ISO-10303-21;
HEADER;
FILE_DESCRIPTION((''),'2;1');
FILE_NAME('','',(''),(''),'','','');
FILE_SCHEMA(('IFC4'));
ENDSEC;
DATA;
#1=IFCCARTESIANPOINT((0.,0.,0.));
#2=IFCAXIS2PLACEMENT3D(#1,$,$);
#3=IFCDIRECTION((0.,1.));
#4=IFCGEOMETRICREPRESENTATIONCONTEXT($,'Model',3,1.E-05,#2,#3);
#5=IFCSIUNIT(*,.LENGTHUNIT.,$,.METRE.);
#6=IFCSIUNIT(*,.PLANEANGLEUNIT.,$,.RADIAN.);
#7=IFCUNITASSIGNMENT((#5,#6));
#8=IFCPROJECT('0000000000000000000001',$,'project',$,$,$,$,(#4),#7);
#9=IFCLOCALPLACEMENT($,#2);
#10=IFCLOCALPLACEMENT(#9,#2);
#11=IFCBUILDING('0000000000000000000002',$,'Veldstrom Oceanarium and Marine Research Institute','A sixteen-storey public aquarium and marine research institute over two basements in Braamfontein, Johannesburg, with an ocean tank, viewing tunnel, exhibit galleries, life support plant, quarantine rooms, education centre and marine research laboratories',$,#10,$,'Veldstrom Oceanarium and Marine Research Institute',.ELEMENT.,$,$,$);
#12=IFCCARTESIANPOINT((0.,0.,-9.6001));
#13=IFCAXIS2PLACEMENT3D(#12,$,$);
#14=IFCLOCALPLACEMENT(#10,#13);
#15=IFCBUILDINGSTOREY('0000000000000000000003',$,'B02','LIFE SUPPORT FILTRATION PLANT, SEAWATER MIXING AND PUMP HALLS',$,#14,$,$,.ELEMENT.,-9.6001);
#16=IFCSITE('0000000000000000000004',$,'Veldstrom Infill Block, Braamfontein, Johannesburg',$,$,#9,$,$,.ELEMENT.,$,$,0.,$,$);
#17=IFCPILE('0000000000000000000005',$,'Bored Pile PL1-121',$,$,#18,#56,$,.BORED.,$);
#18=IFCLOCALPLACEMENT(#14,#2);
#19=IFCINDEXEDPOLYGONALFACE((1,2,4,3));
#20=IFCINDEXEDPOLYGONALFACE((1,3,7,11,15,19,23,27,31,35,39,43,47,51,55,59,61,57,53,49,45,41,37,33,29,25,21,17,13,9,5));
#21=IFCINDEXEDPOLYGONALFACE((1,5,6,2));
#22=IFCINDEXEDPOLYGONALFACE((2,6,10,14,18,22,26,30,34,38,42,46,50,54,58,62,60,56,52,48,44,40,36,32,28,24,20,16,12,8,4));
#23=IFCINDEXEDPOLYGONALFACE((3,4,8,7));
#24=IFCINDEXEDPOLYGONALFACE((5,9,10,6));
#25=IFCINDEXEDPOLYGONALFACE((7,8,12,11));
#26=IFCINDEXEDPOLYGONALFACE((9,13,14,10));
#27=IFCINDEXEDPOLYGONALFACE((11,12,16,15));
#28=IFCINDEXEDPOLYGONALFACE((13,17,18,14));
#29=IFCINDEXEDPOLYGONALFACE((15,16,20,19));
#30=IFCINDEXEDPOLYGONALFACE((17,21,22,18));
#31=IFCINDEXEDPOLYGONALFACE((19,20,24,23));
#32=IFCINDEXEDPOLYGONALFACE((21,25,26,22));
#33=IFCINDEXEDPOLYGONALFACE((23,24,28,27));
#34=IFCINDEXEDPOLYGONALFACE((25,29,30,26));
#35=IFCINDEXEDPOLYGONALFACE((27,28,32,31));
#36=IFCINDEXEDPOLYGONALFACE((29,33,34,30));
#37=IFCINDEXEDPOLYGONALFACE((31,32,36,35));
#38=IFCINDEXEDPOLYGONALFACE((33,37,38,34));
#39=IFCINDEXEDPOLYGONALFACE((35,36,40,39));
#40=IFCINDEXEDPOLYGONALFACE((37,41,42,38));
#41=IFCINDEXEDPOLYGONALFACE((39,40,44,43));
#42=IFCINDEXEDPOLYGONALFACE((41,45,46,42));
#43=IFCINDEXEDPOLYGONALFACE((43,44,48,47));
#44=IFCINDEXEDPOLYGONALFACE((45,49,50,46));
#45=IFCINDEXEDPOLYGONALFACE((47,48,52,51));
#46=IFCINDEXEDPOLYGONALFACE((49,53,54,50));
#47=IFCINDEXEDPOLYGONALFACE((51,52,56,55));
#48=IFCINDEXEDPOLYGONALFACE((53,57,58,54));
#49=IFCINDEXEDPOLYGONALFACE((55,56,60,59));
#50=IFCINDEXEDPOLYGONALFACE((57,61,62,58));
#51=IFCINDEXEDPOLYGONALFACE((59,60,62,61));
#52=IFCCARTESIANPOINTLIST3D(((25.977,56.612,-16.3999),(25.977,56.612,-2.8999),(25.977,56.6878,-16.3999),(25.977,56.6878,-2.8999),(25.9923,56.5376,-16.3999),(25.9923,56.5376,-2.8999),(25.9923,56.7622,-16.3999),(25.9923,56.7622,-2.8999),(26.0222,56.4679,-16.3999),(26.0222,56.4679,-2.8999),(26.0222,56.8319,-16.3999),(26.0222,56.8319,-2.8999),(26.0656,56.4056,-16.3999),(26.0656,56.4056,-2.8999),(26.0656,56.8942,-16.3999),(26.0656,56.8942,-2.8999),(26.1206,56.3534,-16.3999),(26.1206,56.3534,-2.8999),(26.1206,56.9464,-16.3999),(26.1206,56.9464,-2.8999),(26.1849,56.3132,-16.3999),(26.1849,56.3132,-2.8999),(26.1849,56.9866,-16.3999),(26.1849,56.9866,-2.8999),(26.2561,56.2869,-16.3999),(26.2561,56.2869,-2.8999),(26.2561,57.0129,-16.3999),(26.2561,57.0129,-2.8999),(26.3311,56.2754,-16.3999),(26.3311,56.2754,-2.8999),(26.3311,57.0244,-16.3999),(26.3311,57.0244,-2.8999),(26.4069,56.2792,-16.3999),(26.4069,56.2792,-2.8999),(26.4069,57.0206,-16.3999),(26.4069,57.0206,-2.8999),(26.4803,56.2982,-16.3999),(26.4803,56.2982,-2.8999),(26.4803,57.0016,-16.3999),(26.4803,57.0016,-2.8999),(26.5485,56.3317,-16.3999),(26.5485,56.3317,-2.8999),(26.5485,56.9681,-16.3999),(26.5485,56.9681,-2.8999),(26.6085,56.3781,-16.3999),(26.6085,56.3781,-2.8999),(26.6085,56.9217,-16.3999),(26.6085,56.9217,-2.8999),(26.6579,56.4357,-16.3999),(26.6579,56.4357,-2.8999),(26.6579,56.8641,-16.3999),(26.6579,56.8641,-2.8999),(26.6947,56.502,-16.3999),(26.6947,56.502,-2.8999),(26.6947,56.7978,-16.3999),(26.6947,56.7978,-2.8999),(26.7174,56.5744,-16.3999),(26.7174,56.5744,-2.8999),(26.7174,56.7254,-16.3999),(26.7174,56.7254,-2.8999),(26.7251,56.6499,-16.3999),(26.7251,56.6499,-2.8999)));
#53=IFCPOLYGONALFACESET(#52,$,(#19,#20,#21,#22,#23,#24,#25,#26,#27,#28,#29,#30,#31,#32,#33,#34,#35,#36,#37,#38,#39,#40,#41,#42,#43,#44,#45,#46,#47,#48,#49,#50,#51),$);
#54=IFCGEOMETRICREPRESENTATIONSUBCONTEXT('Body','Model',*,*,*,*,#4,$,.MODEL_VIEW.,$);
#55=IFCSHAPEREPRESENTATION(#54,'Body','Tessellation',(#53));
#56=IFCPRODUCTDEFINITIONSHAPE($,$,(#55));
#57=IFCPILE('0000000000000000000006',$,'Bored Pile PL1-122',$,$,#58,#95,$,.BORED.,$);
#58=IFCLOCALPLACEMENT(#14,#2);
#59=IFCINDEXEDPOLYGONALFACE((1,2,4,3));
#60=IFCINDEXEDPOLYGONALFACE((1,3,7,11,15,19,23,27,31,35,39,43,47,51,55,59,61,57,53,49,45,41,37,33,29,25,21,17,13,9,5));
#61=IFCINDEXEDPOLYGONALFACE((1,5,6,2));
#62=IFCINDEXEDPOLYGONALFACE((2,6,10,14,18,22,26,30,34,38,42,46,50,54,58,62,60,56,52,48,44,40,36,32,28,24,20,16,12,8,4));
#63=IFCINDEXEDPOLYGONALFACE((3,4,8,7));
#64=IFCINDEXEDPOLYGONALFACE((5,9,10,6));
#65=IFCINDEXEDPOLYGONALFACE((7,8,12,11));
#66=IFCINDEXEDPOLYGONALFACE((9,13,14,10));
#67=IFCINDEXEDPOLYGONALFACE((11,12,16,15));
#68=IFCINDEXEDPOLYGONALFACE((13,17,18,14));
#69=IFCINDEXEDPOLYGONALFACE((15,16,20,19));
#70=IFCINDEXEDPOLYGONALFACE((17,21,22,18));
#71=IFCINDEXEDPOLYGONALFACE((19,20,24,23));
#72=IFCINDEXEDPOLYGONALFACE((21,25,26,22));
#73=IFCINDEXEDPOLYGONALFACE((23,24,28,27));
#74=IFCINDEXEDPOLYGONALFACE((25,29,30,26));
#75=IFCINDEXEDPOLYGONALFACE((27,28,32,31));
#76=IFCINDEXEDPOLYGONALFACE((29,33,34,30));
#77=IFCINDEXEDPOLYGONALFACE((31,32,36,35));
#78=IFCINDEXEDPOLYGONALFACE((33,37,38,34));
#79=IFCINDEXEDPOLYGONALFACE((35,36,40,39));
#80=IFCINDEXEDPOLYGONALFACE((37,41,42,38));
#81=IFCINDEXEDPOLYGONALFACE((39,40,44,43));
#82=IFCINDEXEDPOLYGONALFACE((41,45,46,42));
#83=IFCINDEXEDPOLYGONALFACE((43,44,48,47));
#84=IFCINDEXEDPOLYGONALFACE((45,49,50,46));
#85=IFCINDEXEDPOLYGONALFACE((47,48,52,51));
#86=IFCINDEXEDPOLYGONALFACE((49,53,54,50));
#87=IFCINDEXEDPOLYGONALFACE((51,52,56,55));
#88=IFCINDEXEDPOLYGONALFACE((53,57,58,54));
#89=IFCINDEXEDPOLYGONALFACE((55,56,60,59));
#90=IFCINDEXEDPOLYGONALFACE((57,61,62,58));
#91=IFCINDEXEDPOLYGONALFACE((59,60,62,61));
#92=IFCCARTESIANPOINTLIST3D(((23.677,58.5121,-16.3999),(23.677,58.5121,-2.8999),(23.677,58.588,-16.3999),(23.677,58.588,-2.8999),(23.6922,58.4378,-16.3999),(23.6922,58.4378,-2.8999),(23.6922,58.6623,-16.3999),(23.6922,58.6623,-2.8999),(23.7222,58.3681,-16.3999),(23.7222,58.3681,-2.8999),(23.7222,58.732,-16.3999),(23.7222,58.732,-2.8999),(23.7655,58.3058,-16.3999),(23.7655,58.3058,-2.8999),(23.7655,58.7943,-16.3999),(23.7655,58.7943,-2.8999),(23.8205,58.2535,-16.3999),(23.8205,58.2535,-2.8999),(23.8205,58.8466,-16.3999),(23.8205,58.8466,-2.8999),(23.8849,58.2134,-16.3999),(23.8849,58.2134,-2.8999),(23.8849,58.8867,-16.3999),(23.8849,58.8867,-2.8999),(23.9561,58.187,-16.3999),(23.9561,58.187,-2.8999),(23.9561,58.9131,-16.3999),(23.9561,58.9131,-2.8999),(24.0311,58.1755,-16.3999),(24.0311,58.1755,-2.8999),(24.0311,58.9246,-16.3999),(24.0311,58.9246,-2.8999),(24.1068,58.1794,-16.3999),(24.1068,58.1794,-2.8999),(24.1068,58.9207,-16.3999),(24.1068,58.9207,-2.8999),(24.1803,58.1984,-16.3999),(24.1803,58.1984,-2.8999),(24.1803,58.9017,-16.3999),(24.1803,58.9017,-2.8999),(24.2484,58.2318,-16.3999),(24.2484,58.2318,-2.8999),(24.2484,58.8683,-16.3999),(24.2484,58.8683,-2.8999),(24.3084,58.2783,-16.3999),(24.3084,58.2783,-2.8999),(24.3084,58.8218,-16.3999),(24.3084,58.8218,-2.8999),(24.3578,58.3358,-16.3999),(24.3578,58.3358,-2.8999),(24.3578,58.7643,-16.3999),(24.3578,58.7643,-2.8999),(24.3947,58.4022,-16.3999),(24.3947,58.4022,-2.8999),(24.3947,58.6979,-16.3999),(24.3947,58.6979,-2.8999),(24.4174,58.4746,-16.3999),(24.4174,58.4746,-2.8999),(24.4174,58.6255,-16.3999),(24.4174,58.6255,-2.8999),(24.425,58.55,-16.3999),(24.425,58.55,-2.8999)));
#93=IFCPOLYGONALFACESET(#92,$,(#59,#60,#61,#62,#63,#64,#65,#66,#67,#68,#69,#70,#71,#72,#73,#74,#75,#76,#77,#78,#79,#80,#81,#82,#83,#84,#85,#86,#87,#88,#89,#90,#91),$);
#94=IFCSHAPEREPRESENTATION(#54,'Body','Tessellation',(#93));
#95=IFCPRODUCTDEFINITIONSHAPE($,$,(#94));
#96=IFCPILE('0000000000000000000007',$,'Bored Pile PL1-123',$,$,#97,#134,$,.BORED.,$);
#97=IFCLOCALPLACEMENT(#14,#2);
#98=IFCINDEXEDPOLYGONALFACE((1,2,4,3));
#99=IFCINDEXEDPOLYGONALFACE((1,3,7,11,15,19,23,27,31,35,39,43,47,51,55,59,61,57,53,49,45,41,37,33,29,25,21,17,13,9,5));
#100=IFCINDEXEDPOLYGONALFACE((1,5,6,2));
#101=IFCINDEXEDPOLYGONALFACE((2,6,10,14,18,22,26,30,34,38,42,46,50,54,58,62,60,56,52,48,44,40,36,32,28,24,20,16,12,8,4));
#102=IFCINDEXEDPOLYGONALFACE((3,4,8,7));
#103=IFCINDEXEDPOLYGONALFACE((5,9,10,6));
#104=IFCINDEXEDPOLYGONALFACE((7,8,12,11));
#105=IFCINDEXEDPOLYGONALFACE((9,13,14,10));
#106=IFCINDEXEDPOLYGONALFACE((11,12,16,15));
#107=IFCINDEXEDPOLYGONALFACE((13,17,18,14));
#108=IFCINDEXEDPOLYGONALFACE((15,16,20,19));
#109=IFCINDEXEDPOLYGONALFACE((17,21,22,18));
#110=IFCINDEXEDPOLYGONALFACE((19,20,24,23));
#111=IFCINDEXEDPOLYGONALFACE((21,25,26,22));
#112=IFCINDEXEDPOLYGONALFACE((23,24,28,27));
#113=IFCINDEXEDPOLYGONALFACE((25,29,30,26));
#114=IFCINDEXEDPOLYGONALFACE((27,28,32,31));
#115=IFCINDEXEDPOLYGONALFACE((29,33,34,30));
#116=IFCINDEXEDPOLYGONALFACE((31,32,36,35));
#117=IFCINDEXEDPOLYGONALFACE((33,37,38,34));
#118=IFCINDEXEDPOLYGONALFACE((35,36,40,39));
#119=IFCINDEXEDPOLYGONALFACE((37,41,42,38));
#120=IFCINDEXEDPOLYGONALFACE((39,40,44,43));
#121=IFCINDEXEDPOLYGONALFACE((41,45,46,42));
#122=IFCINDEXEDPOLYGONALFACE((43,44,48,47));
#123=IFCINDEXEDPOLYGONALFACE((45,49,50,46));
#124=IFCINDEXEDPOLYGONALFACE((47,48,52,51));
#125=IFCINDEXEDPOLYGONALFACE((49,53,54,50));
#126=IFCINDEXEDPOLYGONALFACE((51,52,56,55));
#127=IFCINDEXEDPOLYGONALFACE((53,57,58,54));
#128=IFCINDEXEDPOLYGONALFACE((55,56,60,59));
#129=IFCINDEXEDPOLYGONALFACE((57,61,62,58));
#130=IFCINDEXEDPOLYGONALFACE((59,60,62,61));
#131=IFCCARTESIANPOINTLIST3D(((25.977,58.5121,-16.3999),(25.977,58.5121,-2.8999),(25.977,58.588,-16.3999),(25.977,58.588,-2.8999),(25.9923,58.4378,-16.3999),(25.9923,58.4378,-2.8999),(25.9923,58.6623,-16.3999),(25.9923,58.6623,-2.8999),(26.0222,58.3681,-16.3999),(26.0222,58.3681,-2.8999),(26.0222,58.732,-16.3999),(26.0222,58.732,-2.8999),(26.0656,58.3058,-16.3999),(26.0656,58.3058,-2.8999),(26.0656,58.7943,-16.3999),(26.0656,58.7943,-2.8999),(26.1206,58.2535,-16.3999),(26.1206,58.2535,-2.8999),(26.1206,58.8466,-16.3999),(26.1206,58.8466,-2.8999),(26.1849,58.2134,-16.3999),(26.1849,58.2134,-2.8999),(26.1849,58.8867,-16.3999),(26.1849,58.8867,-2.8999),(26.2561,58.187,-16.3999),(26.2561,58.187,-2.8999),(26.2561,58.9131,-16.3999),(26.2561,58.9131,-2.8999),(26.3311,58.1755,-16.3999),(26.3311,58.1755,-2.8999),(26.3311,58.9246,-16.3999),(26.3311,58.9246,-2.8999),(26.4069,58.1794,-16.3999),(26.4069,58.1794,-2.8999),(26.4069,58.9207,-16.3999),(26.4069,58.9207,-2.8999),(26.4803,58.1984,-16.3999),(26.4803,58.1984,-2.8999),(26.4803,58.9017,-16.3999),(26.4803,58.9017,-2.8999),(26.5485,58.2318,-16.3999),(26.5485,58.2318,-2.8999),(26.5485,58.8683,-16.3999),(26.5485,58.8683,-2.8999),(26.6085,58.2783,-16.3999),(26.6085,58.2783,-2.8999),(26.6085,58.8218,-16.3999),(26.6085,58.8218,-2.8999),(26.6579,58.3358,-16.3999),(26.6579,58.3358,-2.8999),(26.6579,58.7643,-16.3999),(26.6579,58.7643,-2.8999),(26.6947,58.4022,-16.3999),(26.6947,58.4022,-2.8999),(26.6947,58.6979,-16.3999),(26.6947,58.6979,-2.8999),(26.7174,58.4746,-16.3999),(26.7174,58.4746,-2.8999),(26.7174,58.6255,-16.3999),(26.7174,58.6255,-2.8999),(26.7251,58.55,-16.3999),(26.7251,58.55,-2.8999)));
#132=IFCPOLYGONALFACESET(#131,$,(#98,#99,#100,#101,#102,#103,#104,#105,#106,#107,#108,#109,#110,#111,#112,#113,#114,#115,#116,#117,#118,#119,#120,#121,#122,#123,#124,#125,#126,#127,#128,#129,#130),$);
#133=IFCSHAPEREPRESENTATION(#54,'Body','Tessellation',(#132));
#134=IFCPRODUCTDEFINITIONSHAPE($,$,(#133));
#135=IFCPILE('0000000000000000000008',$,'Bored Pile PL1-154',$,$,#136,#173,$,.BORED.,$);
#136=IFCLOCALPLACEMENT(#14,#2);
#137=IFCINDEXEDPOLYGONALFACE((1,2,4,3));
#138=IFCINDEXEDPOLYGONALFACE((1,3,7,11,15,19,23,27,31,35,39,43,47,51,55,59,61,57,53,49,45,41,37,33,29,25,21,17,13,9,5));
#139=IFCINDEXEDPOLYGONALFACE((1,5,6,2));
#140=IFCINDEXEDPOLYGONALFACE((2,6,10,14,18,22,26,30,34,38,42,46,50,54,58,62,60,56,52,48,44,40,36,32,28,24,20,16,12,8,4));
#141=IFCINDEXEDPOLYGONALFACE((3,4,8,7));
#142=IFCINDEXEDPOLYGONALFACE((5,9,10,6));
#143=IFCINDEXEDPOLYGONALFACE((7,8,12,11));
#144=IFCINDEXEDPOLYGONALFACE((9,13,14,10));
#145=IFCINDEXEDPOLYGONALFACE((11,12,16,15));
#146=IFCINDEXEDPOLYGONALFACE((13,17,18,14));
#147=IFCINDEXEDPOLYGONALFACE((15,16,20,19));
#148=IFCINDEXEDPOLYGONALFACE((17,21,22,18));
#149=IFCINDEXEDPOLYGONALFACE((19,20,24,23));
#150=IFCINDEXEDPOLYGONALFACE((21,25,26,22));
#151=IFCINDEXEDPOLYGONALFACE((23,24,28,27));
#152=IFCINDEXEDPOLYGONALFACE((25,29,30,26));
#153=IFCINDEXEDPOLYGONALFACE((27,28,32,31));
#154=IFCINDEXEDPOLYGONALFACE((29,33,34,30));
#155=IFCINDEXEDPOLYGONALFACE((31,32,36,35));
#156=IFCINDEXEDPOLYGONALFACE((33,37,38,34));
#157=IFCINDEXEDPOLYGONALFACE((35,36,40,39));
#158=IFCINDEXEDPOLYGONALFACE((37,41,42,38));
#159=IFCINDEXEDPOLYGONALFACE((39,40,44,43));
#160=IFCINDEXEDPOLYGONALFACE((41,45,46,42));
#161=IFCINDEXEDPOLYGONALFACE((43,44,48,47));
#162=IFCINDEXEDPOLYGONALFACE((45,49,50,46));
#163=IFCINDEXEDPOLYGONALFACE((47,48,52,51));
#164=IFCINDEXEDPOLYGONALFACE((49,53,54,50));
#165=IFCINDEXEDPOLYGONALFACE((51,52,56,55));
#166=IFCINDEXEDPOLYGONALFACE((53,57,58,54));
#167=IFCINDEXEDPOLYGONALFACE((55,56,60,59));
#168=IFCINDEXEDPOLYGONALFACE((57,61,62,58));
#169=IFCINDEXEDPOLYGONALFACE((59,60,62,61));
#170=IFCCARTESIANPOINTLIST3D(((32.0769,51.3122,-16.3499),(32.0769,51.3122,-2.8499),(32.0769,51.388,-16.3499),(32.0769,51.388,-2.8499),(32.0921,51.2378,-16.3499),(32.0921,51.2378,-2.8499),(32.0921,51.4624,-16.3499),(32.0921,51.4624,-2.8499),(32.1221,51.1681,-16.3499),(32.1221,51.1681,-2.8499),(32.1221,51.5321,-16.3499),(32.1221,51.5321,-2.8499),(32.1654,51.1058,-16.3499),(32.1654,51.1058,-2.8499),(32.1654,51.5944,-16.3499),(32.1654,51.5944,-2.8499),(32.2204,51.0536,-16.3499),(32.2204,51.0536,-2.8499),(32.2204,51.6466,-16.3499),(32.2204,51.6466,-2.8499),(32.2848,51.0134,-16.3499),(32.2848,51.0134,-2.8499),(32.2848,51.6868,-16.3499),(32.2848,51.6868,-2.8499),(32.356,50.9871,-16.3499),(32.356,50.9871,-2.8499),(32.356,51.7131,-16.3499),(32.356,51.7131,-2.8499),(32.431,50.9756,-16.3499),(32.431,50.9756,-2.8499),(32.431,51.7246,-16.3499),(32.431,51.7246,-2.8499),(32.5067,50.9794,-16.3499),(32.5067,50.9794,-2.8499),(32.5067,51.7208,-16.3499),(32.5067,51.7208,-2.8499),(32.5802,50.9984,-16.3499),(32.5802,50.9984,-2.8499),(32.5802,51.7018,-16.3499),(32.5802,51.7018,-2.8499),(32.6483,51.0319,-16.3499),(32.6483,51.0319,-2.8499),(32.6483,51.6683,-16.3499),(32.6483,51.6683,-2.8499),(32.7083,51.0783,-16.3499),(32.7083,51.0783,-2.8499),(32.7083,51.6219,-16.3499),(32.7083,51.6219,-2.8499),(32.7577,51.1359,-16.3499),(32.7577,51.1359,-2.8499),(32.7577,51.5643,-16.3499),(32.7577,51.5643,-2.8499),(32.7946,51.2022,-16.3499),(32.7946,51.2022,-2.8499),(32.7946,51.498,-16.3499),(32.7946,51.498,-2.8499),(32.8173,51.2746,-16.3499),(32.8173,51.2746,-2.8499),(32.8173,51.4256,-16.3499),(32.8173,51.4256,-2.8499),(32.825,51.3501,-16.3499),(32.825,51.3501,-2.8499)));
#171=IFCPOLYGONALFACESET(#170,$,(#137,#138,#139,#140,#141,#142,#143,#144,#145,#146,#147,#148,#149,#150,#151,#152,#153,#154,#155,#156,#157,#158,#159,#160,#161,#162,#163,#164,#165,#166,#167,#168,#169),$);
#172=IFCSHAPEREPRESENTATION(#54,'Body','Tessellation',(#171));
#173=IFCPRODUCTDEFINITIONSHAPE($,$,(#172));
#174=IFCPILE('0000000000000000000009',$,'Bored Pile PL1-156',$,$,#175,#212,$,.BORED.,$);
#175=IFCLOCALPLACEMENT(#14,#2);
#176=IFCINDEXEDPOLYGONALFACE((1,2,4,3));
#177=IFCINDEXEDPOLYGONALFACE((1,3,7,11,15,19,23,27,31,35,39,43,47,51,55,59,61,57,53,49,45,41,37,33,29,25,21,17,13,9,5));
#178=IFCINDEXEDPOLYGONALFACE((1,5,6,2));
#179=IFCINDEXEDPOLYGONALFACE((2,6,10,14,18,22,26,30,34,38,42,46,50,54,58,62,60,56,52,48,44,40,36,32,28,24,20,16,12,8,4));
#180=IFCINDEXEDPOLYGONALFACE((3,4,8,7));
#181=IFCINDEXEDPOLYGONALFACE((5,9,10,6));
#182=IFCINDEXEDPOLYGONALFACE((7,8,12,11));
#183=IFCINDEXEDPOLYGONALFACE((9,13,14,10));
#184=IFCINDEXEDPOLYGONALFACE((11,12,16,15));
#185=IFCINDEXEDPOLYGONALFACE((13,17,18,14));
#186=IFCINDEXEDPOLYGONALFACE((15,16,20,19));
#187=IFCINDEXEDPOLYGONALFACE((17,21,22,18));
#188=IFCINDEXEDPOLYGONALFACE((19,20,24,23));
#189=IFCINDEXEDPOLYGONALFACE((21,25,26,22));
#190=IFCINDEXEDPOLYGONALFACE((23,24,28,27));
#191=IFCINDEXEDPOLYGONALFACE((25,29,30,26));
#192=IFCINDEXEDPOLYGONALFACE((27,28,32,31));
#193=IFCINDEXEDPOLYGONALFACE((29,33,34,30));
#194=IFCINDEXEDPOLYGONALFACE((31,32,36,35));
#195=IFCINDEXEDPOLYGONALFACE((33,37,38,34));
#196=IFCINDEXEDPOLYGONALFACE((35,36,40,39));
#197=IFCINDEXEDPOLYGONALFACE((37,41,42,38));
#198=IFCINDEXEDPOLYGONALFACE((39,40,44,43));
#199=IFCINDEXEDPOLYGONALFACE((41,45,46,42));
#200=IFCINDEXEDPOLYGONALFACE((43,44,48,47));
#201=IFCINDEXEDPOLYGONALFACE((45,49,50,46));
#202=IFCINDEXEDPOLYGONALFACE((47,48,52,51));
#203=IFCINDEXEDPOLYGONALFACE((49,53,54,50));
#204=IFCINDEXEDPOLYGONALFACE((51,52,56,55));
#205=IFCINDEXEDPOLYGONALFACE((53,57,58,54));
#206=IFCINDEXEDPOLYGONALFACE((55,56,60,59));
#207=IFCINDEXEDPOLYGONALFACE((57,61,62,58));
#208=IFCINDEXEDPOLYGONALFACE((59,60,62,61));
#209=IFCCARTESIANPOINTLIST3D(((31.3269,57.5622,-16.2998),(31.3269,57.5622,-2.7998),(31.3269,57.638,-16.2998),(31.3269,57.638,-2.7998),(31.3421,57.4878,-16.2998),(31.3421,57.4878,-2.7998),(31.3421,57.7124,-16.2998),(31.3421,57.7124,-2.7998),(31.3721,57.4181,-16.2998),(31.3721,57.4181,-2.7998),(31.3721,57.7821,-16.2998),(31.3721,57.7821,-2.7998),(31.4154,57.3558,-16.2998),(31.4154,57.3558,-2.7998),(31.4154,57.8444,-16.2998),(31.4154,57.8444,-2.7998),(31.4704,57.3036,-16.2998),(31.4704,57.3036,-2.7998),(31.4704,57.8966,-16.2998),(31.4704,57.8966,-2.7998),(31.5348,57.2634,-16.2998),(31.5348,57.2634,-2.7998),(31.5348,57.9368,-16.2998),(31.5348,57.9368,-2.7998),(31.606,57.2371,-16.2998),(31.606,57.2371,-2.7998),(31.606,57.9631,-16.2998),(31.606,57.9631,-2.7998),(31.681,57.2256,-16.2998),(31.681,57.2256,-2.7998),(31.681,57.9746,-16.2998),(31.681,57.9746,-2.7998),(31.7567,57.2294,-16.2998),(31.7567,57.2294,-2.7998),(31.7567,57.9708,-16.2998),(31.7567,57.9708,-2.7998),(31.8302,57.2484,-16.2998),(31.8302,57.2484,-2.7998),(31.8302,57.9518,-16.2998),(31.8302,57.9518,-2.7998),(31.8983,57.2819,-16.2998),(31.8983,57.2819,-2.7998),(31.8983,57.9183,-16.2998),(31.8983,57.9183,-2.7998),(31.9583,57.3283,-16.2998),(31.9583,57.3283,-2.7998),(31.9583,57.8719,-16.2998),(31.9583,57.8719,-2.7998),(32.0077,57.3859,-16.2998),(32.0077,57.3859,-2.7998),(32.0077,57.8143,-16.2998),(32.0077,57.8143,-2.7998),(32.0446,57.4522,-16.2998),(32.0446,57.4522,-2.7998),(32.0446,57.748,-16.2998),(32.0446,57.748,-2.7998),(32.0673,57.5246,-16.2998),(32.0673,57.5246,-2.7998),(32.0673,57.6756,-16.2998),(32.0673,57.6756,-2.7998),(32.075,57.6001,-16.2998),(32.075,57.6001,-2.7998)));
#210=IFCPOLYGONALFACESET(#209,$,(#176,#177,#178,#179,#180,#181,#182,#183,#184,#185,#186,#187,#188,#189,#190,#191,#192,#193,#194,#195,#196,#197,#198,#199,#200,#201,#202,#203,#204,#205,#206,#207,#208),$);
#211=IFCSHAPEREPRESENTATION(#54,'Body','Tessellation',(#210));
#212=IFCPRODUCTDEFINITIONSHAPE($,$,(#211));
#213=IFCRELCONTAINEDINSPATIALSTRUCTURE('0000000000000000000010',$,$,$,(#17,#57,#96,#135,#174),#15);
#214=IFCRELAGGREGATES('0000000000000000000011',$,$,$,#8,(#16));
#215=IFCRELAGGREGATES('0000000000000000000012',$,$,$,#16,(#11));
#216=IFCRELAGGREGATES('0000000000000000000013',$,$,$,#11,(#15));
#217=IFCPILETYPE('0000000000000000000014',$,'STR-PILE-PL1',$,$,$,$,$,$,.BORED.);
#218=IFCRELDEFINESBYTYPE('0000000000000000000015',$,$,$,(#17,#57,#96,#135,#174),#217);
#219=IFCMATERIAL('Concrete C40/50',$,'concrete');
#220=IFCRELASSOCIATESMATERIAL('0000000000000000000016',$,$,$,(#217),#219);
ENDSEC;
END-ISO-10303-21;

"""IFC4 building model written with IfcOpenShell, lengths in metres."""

from ifc_helpers import new_model, si_unit, direction, frame, origin, origin_2d, place, context, subcontext, project, spatial, circle, extrude, material, material_profile, profile_set, type_object, element, save


model = new_model("IFC4")

# Units and contexts
model_context = context("Model", 3, precision=1e-05, world=origin(), true_north=direction((0.0, 1.0)))
body_context = subcontext(model_context, "Body", "Model", "MODEL_VIEW")
ifc_project = project(units=[si_unit("LENGTHUNIT", "METRE"), si_unit("PLANEANGLEUNIT", "RADIAN")], contexts=[model_context])

# Site, building, storey
site_placement = place(None, origin())
site = spatial("IfcSite", under=ifc_project, at=site_placement, Name="Veldstrom Infill Block, Braamfontein, Johannesburg", CompositionType="ELEMENT", RefElevation=0.0)
building_placement = place(site_placement, origin())
building = spatial("IfcBuilding", under=site, at=building_placement, Name="Veldstrom Oceanarium and Marine Research Institute", Description="A sixteen-storey public aquarium and marine research institute over two basements in Braamfontein, Johannesburg, with an ocean tank, viewing tunnel, exhibit galleries, life support plant, quarantine rooms, education centre and marine research laboratories", LongName="Veldstrom Oceanarium and Marine Research Institute", CompositionType="ELEMENT")
storey_placement = place(building_placement, frame((0.0, 0.0, -9.6001)))
storey = spatial("IfcBuildingStorey", under=building, at=storey_placement, Name="B02", Description="LIFE SUPPORT FILTRATION PLANT, SEAWATER MIXING AND PUMP HALLS", CompositionType="ELEMENT", Elevation=-9.6001)

# Piles
ifc_material_1 = material(Name="Concrete C40/50", Category="concrete")
ifc_material_profile_1 = material_profile(ifc_material_1, circle(Radius=0.375, at=origin_2d()), Name="PILE-D750")
ifc_profile_set_1 = profile_set([ifc_material_profile_1], Name="Concrete C40/50")
pile_type = type_object("IfcPileType", Name="STR-PILE-PL1", PredefinedType="BORED", material=ifc_profile_set_1)
for number, where, z_axis, x_axis, name in (
    (1, (26.3501, 56.6499, -2.8999), (0.0, 0.0, -1.0), (1.0, 0.0, 0.0), "Bored Pile PL1-121"),
    (2, (24.05, 58.55, -2.8999), (0.0, 0.0, -1.0), (1.0, 0.0, 0.0), "Bored Pile PL1-122"),
    (3, (26.3501, 58.55, -2.8999), (0.0, 0.0, -1.0), (1.0, 0.0, 0.0), "Bored Pile PL1-123"),
    (4, (32.45, 51.3501, -2.8499), (0.0, 0.0, -1.0), (1.0, 0.0, 0.0), "Bored Pile PL1-154"),
    (5, (31.7, 57.6001, -2.7998), (0.0, 0.0, -1.0), (1.0, 0.0, 0.0), "Bored Pile PL1-156"),
):
    element("IfcPile", number, at=place(storey_placement, frame(where, z_axis=z_axis, x_axis=x_axis)), inside=storey, type_object=pile_type, Name=name, PredefinedType="BORED", context=body_context, shape_type="SweptSolid", body=[
        extrude(circle(Radius=0.375, at=origin_2d()), origin(), (0.0, 0.0, 1.0), 13.5),
    ])

save(model, "model.ifc")
